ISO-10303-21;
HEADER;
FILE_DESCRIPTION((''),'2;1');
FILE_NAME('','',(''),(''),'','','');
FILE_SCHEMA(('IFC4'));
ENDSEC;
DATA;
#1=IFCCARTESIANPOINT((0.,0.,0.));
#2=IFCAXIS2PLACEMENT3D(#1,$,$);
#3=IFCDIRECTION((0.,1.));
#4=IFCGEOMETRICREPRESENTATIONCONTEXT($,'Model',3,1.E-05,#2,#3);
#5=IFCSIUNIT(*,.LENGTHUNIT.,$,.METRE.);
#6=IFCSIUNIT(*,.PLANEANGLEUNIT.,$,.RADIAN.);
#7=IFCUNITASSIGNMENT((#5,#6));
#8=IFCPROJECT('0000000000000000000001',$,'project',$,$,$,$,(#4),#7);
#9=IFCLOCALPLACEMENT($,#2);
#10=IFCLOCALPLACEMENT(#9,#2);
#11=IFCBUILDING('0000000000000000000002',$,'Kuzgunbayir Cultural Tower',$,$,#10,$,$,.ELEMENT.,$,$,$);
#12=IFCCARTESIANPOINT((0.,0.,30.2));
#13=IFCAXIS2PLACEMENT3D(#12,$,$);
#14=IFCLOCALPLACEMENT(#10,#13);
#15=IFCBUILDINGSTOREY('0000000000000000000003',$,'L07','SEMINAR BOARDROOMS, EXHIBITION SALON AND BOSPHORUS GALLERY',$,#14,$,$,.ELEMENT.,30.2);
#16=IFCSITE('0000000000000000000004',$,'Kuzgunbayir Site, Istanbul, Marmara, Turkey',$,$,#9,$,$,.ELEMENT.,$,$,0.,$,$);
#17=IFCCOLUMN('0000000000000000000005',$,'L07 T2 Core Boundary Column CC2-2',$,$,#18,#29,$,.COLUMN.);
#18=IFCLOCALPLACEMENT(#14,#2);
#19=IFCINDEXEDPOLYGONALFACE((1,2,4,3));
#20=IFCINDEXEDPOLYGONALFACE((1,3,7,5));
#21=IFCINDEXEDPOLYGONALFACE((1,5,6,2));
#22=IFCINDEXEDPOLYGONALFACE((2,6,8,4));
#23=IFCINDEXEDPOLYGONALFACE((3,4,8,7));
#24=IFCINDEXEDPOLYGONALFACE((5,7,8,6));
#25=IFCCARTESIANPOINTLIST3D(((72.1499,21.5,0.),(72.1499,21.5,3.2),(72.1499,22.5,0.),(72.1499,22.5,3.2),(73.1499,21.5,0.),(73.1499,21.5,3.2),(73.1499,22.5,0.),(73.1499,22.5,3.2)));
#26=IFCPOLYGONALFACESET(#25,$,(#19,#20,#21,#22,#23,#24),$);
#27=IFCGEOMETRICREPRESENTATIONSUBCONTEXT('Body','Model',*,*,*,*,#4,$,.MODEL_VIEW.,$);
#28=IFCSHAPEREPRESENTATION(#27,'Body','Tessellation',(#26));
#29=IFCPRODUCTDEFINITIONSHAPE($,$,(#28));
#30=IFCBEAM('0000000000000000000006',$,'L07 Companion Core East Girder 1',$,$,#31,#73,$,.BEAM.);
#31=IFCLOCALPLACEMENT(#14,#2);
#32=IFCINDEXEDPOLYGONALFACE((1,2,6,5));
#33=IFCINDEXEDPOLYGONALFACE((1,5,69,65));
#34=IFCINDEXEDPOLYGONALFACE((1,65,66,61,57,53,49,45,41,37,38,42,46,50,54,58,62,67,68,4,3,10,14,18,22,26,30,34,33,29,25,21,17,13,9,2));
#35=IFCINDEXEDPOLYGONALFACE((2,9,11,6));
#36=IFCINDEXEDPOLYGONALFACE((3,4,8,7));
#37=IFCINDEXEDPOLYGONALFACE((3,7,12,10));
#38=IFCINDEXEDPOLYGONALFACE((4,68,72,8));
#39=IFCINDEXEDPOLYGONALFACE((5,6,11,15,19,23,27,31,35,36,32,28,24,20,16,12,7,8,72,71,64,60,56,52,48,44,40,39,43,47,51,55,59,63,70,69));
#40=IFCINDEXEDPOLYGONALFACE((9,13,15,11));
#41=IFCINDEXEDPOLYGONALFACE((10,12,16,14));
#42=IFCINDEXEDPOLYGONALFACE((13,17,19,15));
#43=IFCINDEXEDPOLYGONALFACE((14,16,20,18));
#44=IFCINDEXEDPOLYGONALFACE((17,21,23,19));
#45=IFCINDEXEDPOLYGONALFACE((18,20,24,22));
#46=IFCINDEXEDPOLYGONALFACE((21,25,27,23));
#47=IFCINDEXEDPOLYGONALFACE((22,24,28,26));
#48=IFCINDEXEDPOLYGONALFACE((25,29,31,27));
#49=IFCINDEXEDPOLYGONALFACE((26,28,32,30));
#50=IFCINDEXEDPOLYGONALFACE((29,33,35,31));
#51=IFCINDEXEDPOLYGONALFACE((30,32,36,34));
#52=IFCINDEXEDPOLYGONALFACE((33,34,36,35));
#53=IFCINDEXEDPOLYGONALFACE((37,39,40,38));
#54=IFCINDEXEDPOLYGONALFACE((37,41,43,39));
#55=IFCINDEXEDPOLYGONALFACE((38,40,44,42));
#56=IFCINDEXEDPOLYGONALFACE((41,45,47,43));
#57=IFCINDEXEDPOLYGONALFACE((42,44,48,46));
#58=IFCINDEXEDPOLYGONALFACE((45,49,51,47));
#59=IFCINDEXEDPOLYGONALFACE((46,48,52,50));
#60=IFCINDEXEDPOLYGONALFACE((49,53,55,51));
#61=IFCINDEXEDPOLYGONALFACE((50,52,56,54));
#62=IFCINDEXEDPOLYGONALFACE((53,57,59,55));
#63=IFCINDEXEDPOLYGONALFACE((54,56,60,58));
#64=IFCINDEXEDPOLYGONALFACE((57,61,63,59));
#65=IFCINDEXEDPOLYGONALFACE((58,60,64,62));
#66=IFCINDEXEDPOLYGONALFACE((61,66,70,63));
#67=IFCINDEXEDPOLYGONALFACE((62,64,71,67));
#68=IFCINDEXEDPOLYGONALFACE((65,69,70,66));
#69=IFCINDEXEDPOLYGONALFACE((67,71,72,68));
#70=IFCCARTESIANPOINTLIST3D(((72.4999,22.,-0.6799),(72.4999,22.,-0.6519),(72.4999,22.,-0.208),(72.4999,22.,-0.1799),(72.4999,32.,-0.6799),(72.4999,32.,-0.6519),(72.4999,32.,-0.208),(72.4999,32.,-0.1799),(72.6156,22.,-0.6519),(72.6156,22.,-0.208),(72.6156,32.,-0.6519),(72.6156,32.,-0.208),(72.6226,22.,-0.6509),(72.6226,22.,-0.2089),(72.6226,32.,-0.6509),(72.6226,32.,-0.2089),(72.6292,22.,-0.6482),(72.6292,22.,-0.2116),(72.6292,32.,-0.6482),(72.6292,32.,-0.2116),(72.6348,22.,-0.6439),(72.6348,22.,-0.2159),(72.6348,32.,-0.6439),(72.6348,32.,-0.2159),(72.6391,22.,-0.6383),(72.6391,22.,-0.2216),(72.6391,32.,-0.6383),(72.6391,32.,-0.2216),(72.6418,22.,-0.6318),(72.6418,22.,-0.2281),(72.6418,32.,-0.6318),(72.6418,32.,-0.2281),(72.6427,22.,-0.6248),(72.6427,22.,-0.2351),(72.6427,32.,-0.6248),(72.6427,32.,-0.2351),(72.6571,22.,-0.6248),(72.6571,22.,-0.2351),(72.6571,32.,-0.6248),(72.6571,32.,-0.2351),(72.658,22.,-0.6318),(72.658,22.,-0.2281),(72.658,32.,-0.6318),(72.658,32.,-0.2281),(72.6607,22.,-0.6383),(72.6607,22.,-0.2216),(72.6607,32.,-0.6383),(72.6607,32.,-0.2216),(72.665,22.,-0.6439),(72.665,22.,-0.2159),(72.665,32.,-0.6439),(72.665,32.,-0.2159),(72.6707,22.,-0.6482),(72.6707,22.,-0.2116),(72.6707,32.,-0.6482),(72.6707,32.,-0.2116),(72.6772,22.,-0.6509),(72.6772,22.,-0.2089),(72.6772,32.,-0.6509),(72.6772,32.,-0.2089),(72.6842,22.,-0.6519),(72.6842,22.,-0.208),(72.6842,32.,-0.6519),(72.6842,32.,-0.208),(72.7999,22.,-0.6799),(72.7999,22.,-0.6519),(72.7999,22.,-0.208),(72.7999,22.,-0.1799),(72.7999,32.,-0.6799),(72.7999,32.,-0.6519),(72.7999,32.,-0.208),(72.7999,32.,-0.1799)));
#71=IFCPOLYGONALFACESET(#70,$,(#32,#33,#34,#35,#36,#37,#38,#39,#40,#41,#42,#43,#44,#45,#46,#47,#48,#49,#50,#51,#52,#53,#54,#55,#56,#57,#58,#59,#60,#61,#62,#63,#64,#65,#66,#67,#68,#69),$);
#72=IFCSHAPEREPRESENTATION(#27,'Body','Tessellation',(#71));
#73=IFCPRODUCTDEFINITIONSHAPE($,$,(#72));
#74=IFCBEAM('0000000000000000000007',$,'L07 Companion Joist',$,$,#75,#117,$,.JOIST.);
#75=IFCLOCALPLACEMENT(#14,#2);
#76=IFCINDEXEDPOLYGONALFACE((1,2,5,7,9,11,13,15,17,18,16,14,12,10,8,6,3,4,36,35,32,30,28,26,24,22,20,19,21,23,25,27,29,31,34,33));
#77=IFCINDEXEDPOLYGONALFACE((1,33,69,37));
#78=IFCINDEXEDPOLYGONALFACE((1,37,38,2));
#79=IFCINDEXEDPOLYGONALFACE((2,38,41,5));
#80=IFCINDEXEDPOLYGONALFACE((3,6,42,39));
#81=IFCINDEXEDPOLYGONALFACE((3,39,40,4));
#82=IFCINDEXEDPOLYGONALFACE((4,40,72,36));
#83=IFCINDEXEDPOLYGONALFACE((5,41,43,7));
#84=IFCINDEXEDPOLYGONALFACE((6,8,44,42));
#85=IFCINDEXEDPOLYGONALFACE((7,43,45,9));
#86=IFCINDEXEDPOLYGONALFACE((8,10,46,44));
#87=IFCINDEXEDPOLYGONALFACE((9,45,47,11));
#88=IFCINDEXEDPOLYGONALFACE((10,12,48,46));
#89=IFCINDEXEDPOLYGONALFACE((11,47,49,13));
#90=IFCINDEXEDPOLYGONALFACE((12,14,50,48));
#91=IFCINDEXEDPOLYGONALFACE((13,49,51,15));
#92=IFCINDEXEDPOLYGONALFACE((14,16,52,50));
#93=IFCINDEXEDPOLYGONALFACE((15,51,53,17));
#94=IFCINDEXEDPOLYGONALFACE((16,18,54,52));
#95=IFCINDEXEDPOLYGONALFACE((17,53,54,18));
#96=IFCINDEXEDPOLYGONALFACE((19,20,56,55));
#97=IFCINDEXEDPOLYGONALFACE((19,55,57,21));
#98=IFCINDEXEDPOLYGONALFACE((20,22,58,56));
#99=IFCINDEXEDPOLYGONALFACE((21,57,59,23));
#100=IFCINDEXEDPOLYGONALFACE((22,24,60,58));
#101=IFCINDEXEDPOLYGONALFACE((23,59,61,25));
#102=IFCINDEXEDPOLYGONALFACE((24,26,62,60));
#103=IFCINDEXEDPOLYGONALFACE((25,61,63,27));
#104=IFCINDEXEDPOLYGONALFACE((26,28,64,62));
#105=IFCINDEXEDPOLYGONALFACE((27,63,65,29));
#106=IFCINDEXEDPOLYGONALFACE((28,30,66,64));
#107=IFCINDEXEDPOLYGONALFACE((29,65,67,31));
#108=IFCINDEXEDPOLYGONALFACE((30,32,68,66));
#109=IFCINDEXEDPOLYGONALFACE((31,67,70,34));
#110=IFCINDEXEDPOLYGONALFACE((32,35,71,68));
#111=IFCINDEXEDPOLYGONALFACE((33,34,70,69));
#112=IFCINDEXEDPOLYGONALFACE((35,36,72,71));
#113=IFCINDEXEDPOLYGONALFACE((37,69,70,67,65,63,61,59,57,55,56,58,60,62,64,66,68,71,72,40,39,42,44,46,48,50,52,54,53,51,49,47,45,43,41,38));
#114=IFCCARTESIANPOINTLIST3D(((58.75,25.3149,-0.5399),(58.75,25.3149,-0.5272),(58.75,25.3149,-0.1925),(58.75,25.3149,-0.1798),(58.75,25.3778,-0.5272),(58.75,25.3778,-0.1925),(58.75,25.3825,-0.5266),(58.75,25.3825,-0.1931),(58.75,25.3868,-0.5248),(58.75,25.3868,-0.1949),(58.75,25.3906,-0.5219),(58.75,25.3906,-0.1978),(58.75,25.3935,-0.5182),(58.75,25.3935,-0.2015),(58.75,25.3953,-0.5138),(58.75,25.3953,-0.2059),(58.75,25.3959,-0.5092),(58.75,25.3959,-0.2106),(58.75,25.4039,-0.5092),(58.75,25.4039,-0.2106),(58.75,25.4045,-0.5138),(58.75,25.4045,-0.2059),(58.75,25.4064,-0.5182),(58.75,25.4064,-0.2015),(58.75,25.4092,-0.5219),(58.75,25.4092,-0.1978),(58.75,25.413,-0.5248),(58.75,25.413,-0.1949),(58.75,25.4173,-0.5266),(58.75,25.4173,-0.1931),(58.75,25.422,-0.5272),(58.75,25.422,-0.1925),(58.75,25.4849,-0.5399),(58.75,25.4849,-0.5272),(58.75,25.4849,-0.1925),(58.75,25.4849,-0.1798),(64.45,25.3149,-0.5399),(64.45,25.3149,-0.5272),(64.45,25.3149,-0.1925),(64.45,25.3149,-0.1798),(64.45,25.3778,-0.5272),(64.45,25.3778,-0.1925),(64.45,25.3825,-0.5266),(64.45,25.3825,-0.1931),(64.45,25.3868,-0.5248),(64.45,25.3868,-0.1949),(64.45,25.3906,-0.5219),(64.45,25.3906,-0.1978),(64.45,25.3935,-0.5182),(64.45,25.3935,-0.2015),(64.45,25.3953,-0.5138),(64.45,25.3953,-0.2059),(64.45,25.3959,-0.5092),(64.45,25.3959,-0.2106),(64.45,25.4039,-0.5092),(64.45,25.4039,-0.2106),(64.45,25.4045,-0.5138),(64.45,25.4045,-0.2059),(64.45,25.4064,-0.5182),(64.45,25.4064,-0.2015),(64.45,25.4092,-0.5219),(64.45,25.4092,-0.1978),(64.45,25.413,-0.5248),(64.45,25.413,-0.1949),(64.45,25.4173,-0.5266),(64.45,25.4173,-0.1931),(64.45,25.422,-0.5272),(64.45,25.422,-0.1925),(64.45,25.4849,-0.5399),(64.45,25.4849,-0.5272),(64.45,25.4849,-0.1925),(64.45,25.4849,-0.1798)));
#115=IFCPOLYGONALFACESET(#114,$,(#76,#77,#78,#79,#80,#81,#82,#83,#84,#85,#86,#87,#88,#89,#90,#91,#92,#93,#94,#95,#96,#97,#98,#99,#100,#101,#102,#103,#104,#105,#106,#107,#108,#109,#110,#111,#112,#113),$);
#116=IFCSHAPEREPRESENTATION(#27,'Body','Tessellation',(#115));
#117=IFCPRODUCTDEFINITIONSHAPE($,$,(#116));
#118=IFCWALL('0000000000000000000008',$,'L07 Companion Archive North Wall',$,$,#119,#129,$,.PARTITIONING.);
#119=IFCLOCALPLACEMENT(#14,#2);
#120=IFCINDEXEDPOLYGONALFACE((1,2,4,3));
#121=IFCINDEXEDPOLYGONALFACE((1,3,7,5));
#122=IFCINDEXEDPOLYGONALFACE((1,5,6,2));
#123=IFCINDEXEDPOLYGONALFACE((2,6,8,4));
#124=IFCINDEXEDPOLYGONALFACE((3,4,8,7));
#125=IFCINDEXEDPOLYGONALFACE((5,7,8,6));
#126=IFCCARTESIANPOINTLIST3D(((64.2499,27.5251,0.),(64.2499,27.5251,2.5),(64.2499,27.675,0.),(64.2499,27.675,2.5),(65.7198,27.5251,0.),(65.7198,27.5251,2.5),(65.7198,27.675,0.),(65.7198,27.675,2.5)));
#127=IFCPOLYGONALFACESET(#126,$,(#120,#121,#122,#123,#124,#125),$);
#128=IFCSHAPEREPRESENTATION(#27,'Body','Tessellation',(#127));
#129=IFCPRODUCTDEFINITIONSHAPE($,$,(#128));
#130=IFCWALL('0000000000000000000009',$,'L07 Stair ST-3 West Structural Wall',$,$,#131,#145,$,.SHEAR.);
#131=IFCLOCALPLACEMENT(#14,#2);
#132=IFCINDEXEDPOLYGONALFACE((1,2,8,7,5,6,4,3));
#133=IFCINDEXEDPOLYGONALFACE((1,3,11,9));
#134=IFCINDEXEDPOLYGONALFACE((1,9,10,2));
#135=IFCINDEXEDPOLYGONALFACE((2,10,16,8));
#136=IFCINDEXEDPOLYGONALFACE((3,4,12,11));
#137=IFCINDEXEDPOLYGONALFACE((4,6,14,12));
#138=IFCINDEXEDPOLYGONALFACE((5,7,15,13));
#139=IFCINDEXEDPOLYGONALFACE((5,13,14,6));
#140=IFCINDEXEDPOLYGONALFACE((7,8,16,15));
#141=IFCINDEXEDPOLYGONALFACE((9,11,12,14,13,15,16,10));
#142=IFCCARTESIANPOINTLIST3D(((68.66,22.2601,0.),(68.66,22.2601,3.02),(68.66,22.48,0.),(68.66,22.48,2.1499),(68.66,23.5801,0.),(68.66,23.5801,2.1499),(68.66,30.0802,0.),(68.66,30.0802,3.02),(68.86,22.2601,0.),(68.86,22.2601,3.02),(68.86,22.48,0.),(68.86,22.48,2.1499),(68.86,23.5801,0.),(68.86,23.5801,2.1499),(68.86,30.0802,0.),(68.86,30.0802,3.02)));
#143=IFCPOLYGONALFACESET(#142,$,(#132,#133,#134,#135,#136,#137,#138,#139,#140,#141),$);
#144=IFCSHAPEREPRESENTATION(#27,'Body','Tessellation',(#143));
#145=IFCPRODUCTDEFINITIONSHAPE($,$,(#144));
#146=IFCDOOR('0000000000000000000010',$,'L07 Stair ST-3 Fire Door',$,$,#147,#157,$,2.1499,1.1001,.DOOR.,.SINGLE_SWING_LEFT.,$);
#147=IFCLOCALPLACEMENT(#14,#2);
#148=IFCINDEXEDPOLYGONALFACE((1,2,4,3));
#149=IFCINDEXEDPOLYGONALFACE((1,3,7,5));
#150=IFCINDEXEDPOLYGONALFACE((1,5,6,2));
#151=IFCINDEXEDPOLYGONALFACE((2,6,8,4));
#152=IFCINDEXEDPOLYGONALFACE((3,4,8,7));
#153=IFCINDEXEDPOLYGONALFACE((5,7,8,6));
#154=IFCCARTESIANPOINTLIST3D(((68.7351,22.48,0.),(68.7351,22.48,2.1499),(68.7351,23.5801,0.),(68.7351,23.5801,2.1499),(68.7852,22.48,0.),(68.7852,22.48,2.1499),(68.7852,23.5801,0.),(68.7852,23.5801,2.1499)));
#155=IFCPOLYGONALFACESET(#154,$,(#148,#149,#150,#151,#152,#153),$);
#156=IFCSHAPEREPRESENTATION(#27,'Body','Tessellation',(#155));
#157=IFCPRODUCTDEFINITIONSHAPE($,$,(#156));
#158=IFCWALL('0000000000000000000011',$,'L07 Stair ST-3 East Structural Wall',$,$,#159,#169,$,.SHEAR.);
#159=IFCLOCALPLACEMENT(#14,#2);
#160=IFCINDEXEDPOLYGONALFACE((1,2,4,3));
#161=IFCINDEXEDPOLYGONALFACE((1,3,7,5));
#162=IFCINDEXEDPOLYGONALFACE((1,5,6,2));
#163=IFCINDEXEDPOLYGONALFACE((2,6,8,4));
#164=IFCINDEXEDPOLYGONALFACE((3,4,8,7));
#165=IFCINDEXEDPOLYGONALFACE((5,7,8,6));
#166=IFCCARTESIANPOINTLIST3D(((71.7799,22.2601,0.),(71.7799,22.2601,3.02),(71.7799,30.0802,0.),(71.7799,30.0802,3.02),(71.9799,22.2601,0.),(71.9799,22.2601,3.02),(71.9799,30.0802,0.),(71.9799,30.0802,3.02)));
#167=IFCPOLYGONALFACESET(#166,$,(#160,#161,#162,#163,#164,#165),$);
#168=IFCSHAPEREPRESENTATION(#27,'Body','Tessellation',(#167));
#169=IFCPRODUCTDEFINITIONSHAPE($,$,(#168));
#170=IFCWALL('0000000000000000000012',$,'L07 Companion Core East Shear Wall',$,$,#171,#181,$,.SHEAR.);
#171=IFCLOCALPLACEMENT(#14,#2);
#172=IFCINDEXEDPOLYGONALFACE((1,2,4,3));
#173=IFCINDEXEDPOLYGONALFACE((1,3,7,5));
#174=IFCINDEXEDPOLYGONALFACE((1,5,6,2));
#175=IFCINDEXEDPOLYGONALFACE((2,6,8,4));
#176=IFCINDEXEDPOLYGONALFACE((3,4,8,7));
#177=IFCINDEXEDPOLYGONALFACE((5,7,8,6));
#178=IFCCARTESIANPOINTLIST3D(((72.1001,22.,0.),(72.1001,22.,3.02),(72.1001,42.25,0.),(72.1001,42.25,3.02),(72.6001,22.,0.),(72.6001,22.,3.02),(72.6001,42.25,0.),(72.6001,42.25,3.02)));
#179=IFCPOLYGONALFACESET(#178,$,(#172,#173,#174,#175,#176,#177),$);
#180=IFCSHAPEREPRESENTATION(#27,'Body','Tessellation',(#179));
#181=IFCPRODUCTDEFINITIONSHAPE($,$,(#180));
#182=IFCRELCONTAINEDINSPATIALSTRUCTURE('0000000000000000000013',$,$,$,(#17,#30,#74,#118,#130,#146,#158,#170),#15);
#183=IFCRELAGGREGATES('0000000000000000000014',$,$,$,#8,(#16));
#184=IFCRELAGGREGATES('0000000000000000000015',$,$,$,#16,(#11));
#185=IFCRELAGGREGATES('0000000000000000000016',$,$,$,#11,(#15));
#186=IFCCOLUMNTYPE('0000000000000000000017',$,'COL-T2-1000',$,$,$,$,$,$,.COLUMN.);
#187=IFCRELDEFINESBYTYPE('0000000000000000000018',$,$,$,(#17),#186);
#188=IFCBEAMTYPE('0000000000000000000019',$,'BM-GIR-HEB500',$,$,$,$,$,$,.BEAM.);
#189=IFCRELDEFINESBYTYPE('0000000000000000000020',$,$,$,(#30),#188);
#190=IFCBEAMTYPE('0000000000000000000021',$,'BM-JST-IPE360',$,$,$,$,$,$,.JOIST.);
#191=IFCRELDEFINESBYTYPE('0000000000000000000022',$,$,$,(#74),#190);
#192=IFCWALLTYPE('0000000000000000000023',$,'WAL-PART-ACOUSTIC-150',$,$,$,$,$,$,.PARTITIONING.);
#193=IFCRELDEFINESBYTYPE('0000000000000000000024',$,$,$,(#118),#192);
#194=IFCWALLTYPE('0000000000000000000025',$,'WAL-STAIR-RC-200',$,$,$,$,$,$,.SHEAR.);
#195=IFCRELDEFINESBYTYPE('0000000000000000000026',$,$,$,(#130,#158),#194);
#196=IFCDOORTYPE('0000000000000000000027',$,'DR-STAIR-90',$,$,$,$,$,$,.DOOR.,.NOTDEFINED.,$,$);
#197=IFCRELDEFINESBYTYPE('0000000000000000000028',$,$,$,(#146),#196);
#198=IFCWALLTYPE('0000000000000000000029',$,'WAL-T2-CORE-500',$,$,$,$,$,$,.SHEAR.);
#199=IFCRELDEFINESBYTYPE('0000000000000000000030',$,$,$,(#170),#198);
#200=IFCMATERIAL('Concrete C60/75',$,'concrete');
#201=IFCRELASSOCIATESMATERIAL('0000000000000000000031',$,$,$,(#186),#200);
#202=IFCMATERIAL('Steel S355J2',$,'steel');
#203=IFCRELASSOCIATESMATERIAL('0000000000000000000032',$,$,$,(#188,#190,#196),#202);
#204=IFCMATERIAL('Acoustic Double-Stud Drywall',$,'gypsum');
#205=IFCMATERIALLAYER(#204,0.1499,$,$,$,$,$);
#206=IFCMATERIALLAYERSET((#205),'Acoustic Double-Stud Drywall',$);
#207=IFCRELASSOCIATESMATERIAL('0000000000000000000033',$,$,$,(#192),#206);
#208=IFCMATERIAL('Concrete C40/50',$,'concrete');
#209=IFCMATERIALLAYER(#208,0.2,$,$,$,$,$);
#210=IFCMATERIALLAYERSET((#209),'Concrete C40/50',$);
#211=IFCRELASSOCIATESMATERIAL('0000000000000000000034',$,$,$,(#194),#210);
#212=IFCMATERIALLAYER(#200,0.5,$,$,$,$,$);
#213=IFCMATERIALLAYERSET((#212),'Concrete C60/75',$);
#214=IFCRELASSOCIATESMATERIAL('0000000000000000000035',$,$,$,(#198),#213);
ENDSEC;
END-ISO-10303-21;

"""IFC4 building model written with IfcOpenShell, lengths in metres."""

from ifc_helpers import new_model, si_unit, direction, frame, frame_2d, origin, origin_2d, place, context, subcontext, project, spatial, rectangle, i_section, extrude, material, layer, layer_set, material_profile, profile_set, type_object, element, fill, save


model = new_model("IFC4")

# Units and contexts
model_context = context("Model", 3, precision=1e-05, world=origin(), true_north=direction((0.0, 1.0)))
body_context = subcontext(model_context, "Body", "Model", "MODEL_VIEW")
ifc_project = project(units=[si_unit("LENGTHUNIT", "METRE"), si_unit("PLANEANGLEUNIT", "RADIAN")], contexts=[model_context])

# Site, building, storey
site_placement = place(None, origin())
site = spatial("IfcSite", under=ifc_project, at=site_placement, Name="Kuzgunbayir Site, Istanbul, Marmara, Turkey", CompositionType="ELEMENT", RefElevation=0.0)
building_placement = place(site_placement, origin())
building = spatial("IfcBuilding", under=site, at=building_placement, Name="Kuzgunbayir Cultural Tower", CompositionType="ELEMENT")
storey_placement = place(building_placement, frame((0.0, 0.0, 30.2)))
storey = spatial("IfcBuildingStorey", under=building, at=storey_placement, Name="L07", Description="SEMINAR BOARDROOMS, EXHIBITION SALON AND BOSPHORUS GALLERY", CompositionType="ELEMENT", Elevation=30.2)

# Column
ifc_material_1 = material(Name="Concrete C60/75", Category="concrete")
ifc_material_profile_1 = material_profile(ifc_material_1, rectangle(XDim=1.0, YDim=1.0, at=origin_2d()), Name="RC 1000x1000")
ifc_profile_set_1 = profile_set([ifc_material_profile_1], Name="Concrete C60/75")
column_type = type_object("IfcColumnType", Name="COL-T2-1000", PredefinedType="COLUMN", material=ifc_profile_set_1)
column_placement = place(storey_placement, frame((72.6499, 22.0, 0.0), z_axis=(0.0, 0.0, 1.0), x_axis=(1.0, 0.0, 0.0)))
element("IfcColumn", 1, at=column_placement, inside=storey, type_object=column_type, Name="L07 T2 Core Boundary Column CC2-2", PredefinedType="COLUMN", context=body_context, shape_type="SweptSolid", body=[
    extrude(rectangle(XDim=1.0, YDim=1.0, at=origin_2d()), origin(), (0.0, 0.0, 1.0), 3.2),
])

# Beams
ifc_material_2 = material(Name="Steel S355J2", Category="steel")
ifc_material_profile_2 = material_profile(ifc_material_2, i_section(OverallWidth=0.3, OverallDepth=0.5, WebThickness=0.0144, FlangeThickness=0.0281, FilletRadius=0.0271, at=origin_2d()), Name="HEB 500")
ifc_profile_set_2 = profile_set([ifc_material_profile_2], Name="Steel S355J2")
beam_type_1 = type_object("IfcBeamType", Name="BM-GIR-HEB500", PredefinedType="BEAM", material=ifc_profile_set_2)
beam_1_placement = place(storey_placement, frame((72.6499, 22.0, -0.4299), z_axis=(0.0, 1.0, 0.0), x_axis=(-1.0, 0.0, 0.0)))
element("IfcBeam", 2, at=beam_1_placement, inside=storey, type_object=beam_type_1, Name="L07 Companion Core East Girder 1", PredefinedType="BEAM", context=body_context, shape_type="SweptSolid", body=[
    extrude(i_section(OverallWidth=0.3, OverallDepth=0.5, WebThickness=0.0144, FlangeThickness=0.0281, FilletRadius=0.0271, at=origin_2d()), origin(), (0.0, 0.0, 1.0), 10.0),
])
ifc_material_profile_3 = material_profile(ifc_material_2, i_section(OverallWidth=0.1699, OverallDepth=0.3601, WebThickness=0.0081, FlangeThickness=0.0127, FilletRadius=0.0181, at=origin_2d()), Name="IPE 360")
ifc_profile_set_3 = profile_set([ifc_material_profile_3], Name="Steel S355J2")
beam_type_2 = type_object("IfcBeamType", Name="BM-JST-IPE360", PredefinedType="JOIST", material=ifc_profile_set_3)
beam_2_placement = place(storey_placement, frame((58.75, 25.3999, -0.3599), z_axis=(1.0, 0.0, 0.0), x_axis=(0.0, 1.0, 0.0)))
element("IfcBeam", 3, at=beam_2_placement, inside=storey, type_object=beam_type_2, Name="L07 Companion Joist", PredefinedType="JOIST", context=body_context, shape_type="SweptSolid", body=[
    extrude(i_section(OverallWidth=0.1699, OverallDepth=0.3601, WebThickness=0.0081, FlangeThickness=0.0127, FilletRadius=0.0181, at=origin_2d()), origin(), (0.0, 0.0, 1.0), 5.7),
])

# Wall
ifc_material_3 = material(Name="Acoustic Double-Stud Drywall", Category="gypsum")
ifc_layer_1 = layer(ifc_material_3, 0.1499)
ifc_layer_set_1 = layer_set([ifc_layer_1], Name="Acoustic Double-Stud Drywall")
wall_type_1 = type_object("IfcWallType", Name="WAL-PART-ACOUSTIC-150", PredefinedType="PARTITIONING", material=ifc_layer_set_1)
wall_1_placement = place(storey_placement, frame((64.25, 27.6001, 0.0), z_axis=(0.0, 0.0, 1.0), x_axis=(1.0, 0.0, 0.0)))
element("IfcWall", 4, at=wall_1_placement, inside=storey, type_object=wall_type_1, Name="L07 Companion Archive North Wall", PredefinedType="PARTITIONING", context=body_context, shape_type="SweptSolid", body=[
    extrude(rectangle(XDim=1.47, YDim=0.1499, at=frame_2d((0.7349, 0.0))), origin(), (0.0, 0.0, 1.0), 2.5),
])

# Wall, opening, door
ifc_material_4 = material(Name="Concrete C40/50", Category="concrete")
ifc_layer_2 = layer(ifc_material_4, 0.2)
ifc_layer_set_2 = layer_set([ifc_layer_2], Name="Concrete C40/50")
wall_type_2 = type_object("IfcWallType", Name="WAL-STAIR-RC-200", PredefinedType="SHEAR", material=ifc_layer_set_2)
wall_2_placement = place(storey_placement, frame((68.76, 22.26, 0.0), z_axis=(0.0, 0.0, 1.0), x_axis=(0.0, 1.0, 0.0)))
wall_2 = element("IfcWall", 5, at=wall_2_placement, inside=storey, type_object=wall_type_2, Name="L07 Stair ST-3 West Structural Wall", PredefinedType="SHEAR", context=body_context, shape_type="SweptSolid", body=[
    extrude(rectangle(XDim=7.8201, YDim=0.2, at=frame_2d((3.9102, 0.0))), origin(), (0.0, 0.0, 1.0), 3.02),
])
opening_placement = place(wall_2_placement, frame((0.22, 0.0, 0.0)))
opening = element("IfcOpeningElement", 6, at=opening_placement, cuts=wall_2, PredefinedType="OPENING", context=body_context, shape_type="SweptSolid", body=[
    extrude(rectangle(XDim=1.1001, YDim=2.1499, at=frame_2d((0.55, 1.075))), frame((0.0, 0.1099, 0.0), z_axis=(0.0, -1.0, 0.0), x_axis=(1.0, 0.0, 0.0)), (0.0, 0.0, 1.0), 0.22),
])
door_type = type_object("IfcDoorType", Name="DR-STAIR-90", OperationType="NOTDEFINED", PredefinedType="DOOR", material=ifc_material_2)
door_placement = place(opening_placement, origin())
door = element("IfcDoor", 7, at=door_placement, inside=storey, type_object=door_type, Name="L07 Stair ST-3 Fire Door", OperationType="SINGLE_SWING_LEFT", OverallHeight=2.1499, OverallWidth=1.1001, PredefinedType="DOOR", context=body_context, shape_type="SweptSolid", body=[
    extrude(rectangle(XDim=1.1001, YDim=2.1499, at=frame_2d((0.55, 1.075))), frame((0.0, 0.0249, 0.0), z_axis=(0.0, -1.0, 0.0), x_axis=(1.0, 0.0, 0.0)), (0.0, 0.0, 1.0), 0.05),
])
fill(opening, door)

# Walls
wall_3_placement = place(storey_placement, frame((71.8799, 22.26, 0.0), z_axis=(0.0, 0.0, 1.0), x_axis=(0.0, 1.0, 0.0)))
element("IfcWall", 8, at=wall_3_placement, inside=storey, type_object=wall_type_2, Name="L07 Stair ST-3 East Structural Wall", PredefinedType="SHEAR", context=body_context, shape_type="SweptSolid", body=[
    extrude(rectangle(XDim=7.8201, YDim=0.2, at=frame_2d((3.9102, 0.0))), origin(), (0.0, 0.0, 1.0), 3.02),
])
ifc_layer_3 = layer(ifc_material_1, 0.5)
ifc_layer_set_3 = layer_set([ifc_layer_3], Name="Concrete C60/75")
wall_type_3 = type_object("IfcWallType", Name="WAL-T2-CORE-500", PredefinedType="SHEAR", material=ifc_layer_set_3)
wall_4_placement = place(storey_placement, frame((72.3501, 22.0, 0.0), z_axis=(0.0, 0.0, 1.0), x_axis=(0.0, 1.0, 0.0)))
element("IfcWall", 9, at=wall_4_placement, inside=storey, type_object=wall_type_3, Name="L07 Companion Core East Shear Wall", PredefinedType="SHEAR", context=body_context, shape_type="SweptSolid", body=[
    extrude(rectangle(XDim=20.25, YDim=0.5, at=frame_2d((10.125, 0.0))), origin(), (0.0, 0.0, 1.0), 3.02),
])

save(model, "model.ifc")
